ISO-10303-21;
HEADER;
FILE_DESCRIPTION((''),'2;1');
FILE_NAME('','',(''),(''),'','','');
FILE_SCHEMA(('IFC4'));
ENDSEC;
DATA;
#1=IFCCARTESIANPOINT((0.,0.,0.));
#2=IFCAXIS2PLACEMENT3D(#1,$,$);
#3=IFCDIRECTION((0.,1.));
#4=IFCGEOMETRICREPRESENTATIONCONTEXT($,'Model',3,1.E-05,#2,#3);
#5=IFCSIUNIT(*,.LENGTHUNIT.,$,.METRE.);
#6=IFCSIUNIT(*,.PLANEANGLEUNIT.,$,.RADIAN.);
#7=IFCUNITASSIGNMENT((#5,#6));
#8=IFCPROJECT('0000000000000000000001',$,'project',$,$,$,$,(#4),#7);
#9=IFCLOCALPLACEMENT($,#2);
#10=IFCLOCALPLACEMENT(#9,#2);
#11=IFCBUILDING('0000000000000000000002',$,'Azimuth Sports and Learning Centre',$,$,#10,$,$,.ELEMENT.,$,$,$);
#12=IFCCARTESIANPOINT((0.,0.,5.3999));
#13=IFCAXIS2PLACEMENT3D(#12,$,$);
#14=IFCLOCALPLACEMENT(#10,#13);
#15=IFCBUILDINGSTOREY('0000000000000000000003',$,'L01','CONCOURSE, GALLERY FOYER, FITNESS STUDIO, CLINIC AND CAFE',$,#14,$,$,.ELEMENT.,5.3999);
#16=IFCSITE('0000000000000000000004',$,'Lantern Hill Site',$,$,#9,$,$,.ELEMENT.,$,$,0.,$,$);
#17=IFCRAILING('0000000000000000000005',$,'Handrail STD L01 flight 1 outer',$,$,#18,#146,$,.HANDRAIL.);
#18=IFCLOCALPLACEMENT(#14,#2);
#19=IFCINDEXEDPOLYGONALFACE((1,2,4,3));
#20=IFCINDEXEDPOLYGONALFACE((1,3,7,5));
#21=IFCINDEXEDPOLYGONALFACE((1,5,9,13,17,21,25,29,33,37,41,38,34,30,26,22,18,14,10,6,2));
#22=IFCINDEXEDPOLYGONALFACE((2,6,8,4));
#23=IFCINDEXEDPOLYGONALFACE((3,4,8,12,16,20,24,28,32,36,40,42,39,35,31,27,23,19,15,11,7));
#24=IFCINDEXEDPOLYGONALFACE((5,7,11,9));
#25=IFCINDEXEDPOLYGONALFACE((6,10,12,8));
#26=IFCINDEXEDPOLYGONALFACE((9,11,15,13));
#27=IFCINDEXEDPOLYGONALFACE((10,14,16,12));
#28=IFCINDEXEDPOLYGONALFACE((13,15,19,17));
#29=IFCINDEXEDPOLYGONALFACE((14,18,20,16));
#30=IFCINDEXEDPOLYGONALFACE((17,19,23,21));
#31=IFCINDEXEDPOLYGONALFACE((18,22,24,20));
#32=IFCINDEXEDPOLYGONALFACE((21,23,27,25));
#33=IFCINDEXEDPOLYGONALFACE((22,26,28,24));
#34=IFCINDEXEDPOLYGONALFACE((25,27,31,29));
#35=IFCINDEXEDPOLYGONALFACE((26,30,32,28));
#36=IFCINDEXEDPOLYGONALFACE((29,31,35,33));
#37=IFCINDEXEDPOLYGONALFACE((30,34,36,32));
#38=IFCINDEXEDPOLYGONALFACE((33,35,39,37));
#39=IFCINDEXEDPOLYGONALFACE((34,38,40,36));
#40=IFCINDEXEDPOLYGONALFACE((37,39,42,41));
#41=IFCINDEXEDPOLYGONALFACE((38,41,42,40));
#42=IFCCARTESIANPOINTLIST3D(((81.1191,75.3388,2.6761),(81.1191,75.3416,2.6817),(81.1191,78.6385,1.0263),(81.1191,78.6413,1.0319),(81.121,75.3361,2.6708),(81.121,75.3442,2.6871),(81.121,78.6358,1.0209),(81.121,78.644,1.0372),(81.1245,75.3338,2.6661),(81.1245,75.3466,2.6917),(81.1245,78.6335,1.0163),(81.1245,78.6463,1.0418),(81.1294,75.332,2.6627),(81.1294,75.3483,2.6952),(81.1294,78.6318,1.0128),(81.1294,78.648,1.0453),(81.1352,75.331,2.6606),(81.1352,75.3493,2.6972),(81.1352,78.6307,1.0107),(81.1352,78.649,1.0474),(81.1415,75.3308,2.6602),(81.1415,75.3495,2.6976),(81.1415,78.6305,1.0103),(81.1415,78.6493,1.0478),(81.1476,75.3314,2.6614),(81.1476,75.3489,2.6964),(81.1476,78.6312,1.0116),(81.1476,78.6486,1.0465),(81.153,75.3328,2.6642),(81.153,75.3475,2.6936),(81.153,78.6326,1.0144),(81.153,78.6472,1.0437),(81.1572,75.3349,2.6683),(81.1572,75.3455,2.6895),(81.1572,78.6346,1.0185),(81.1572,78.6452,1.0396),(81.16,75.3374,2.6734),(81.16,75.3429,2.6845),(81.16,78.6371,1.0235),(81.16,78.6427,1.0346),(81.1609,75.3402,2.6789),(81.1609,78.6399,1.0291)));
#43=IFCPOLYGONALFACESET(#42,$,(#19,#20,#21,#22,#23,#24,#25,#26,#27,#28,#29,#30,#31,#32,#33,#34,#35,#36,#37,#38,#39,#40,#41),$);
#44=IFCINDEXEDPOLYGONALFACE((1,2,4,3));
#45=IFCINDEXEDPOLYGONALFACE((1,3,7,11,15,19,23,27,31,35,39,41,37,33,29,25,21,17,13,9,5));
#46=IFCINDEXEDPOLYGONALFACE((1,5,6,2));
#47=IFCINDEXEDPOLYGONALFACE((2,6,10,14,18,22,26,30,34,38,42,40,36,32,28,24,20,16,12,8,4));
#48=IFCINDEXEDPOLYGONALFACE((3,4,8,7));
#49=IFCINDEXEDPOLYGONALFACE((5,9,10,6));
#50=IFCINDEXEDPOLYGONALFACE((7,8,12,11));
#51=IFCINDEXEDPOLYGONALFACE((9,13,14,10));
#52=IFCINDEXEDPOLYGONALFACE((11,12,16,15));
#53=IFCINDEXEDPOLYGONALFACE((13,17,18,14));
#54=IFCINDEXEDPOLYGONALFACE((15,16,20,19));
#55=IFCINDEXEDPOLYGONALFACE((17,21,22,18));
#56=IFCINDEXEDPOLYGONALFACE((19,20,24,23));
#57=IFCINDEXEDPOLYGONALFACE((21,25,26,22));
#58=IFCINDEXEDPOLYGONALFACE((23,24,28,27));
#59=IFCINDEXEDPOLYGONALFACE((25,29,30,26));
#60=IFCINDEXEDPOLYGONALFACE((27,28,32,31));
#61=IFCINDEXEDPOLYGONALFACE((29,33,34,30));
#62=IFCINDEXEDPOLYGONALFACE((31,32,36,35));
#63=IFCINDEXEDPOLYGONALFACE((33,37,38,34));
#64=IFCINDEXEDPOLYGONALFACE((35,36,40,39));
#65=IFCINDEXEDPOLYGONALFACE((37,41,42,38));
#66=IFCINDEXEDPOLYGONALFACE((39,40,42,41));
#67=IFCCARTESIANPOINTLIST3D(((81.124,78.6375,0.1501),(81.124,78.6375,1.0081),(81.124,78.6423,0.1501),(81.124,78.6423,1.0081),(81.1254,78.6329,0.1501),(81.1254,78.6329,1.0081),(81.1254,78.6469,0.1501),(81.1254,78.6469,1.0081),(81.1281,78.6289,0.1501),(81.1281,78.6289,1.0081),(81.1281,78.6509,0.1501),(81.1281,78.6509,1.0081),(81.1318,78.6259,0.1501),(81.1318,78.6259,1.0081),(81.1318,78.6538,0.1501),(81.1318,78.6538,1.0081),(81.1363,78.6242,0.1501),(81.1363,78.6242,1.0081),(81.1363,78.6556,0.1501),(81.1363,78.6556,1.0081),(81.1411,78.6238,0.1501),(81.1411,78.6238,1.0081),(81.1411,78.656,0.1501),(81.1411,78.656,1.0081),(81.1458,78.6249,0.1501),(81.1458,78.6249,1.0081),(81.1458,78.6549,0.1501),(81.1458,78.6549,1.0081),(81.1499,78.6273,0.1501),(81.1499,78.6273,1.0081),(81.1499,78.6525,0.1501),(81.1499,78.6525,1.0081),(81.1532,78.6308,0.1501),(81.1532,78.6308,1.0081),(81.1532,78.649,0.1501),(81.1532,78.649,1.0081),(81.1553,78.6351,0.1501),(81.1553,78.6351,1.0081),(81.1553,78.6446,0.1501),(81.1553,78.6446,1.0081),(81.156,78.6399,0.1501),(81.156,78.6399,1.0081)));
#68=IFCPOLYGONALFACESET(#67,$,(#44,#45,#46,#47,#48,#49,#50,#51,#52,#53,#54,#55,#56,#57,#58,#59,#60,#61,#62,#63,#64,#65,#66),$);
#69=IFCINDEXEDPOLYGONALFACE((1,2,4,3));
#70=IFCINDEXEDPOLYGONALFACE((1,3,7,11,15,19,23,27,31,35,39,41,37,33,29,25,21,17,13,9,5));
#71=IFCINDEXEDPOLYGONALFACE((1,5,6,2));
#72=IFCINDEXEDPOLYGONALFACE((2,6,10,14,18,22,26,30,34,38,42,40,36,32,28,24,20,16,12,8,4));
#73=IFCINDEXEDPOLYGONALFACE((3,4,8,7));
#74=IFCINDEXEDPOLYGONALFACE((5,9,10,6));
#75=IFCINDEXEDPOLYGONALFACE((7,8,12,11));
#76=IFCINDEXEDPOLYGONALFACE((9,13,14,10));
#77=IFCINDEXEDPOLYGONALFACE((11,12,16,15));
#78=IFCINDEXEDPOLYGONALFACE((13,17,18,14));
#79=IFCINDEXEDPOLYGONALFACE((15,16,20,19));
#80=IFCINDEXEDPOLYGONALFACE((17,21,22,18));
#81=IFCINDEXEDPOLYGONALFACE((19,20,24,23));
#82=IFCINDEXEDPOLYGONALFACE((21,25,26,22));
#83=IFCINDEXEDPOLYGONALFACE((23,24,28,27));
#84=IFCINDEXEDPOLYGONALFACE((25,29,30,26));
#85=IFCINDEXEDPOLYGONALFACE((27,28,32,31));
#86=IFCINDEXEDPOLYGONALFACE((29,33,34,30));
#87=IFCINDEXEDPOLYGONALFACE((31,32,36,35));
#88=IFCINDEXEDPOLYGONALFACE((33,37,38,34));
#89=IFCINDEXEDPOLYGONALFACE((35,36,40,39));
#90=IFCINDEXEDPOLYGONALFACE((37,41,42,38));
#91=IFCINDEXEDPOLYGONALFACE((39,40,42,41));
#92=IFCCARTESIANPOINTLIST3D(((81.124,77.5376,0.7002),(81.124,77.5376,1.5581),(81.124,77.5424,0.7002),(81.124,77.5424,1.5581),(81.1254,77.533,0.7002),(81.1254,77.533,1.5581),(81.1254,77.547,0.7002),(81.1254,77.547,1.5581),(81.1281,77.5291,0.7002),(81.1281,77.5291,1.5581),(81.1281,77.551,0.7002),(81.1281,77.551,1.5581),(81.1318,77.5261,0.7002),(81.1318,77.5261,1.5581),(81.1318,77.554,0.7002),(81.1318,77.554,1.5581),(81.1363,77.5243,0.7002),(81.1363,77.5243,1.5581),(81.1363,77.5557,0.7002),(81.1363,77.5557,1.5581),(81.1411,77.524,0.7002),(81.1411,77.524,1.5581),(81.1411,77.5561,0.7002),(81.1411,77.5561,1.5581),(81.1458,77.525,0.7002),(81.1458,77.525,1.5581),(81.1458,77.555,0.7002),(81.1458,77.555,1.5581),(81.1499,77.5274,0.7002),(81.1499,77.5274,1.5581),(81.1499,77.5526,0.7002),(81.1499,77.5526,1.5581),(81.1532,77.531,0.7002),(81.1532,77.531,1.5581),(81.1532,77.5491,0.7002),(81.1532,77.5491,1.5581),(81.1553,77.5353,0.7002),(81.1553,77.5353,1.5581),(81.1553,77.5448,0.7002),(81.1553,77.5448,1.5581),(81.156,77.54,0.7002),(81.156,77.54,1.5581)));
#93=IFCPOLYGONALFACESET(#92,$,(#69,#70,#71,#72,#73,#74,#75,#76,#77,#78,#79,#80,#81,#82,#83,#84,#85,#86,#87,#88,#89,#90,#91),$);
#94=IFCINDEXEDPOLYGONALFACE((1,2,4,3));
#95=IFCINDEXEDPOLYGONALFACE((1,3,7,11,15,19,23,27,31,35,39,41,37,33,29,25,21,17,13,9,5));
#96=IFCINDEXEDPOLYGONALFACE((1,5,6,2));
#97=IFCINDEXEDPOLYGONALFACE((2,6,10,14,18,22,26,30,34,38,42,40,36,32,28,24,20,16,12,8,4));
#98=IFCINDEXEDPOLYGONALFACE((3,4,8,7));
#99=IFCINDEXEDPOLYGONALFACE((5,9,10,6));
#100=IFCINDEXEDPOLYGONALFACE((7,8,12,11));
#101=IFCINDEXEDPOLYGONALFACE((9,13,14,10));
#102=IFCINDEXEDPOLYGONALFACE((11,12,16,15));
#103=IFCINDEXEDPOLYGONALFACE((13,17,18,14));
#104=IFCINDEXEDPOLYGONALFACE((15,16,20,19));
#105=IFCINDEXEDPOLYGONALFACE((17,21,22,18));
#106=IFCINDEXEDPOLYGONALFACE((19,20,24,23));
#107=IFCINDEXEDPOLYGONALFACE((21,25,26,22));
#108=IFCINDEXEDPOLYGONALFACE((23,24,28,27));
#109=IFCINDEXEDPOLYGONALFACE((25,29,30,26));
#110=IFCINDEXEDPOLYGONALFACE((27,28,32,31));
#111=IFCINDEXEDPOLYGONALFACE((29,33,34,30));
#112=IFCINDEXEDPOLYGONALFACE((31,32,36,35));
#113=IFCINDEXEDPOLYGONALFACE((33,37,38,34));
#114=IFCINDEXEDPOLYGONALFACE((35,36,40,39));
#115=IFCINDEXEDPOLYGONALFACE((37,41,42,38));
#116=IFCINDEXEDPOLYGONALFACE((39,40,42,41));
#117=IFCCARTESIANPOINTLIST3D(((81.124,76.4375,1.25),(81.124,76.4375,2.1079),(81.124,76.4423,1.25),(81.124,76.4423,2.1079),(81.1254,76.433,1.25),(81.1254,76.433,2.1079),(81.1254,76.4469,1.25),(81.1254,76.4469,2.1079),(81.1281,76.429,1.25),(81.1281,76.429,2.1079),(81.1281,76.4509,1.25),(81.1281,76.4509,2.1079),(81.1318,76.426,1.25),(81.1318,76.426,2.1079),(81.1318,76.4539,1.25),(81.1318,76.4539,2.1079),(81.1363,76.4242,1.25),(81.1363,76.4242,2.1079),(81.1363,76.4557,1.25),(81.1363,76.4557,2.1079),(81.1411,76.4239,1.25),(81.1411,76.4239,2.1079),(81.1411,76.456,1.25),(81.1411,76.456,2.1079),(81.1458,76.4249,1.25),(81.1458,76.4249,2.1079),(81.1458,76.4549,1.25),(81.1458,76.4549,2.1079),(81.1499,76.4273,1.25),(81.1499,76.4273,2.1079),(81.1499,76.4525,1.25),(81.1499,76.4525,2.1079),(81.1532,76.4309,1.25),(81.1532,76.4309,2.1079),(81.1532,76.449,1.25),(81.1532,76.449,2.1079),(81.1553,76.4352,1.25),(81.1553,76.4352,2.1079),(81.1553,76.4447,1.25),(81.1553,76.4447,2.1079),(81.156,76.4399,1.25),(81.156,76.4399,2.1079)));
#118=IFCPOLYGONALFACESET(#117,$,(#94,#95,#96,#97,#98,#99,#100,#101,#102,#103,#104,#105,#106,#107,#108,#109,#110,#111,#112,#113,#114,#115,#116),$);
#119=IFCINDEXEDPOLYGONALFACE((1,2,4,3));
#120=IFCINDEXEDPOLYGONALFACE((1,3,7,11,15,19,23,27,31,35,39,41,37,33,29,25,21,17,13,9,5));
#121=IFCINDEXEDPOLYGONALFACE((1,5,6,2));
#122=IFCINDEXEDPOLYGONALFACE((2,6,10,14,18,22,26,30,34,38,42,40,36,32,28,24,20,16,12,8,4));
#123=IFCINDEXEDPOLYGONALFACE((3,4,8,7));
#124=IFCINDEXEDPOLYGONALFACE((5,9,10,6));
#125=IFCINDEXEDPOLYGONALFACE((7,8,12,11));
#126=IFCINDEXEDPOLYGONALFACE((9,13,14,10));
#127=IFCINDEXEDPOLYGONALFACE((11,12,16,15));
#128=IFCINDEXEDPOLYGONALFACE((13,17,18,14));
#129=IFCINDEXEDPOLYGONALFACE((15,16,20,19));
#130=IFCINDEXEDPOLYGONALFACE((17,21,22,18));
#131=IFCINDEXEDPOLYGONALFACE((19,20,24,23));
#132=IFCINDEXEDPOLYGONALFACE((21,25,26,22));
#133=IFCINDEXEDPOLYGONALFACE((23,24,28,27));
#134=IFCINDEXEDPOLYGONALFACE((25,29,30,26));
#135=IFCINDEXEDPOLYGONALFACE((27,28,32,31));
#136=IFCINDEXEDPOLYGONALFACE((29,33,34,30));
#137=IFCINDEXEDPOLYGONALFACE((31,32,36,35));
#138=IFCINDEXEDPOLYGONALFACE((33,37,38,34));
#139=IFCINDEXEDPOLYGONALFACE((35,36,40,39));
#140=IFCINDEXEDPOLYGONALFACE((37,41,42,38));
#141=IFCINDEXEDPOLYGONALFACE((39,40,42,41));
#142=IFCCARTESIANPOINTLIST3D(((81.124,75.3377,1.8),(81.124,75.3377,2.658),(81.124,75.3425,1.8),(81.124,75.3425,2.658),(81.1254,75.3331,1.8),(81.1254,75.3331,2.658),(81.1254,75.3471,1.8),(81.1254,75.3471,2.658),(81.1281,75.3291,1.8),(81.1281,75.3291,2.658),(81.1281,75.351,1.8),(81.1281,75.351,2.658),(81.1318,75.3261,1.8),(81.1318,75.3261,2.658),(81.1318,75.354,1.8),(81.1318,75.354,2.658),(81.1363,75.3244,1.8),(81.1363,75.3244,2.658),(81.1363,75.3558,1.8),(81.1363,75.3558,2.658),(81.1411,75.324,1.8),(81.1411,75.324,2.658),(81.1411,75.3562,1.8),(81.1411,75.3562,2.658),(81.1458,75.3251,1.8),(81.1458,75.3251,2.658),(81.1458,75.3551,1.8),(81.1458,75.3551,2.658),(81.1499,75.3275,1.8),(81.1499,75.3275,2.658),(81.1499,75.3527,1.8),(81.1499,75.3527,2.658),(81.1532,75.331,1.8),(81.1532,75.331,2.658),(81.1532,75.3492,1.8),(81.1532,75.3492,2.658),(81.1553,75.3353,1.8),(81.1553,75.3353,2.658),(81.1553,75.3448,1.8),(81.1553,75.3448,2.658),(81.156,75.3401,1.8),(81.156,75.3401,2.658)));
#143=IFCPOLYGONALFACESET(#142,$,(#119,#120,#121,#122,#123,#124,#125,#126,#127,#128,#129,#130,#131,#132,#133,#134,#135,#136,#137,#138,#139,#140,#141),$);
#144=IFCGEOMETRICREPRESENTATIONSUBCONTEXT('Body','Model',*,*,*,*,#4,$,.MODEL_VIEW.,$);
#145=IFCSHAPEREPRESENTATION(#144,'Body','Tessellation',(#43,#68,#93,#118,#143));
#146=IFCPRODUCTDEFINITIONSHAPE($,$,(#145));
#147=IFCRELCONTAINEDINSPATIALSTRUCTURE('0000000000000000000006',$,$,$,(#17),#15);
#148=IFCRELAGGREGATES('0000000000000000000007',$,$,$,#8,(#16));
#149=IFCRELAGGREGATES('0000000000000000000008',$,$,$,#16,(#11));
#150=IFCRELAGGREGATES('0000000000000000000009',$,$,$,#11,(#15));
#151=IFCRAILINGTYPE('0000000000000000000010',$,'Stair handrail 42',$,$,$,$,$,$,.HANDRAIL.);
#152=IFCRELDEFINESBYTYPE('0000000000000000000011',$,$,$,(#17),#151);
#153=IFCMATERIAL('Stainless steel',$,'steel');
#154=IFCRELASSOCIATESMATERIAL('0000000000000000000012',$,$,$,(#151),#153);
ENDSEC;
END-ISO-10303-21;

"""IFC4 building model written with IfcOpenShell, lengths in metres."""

from ifc_helpers import new_model, si_unit, direction, frame, origin, origin_2d, place, context, subcontext, project, spatial, circle, extrude, material, type_object, element, save


model = new_model("IFC4")

# Units and contexts
model_context = context("Model", 3, precision=1e-05, world=origin(), true_north=direction((0.0, 1.0)))
body_context = subcontext(model_context, "Body", "Model", "MODEL_VIEW")
ifc_project = project(units=[si_unit("LENGTHUNIT", "METRE"), si_unit("PLANEANGLEUNIT", "RADIAN")], contexts=[model_context])

# Site, building, storey
site_placement = place(None, origin())
site = spatial("IfcSite", under=ifc_project, at=site_placement, Name="Lantern Hill Site", CompositionType="ELEMENT", RefElevation=0.0)
building_placement = place(site_placement, origin())
building = spatial("IfcBuilding", under=site, at=building_placement, Name="Azimuth Sports and Learning Centre", CompositionType="ELEMENT")
storey_placement = place(building_placement, frame((0.0, 0.0, 5.3999)))
storey = spatial("IfcBuildingStorey", under=building, at=storey_placement, Name="L01", Description="CONCOURSE, GALLERY FOYER, FITNESS STUDIO, CLINIC AND CAFE", CompositionType="ELEMENT", Elevation=5.3999)

# Railing
ifc_material_1 = material(Name="Stainless steel", Category="steel")
railing_type_1 = type_object("IfcRailingType", Name="Stair handrail 42", PredefinedType="HANDRAIL", material=ifc_material_1)
for number, where, name in (
    (1, (81.1399, 78.6399, 0.1501), "Handrail STD L01 flight 1 outer"),
):
    element("IfcRailing", number, at=place(storey_placement, frame(where)), inside=storey, type_object=railing_type_1, Name=name, PredefinedType="HANDRAIL", context=body_context, shape_type="SweptSolid", body=[
        extrude(circle(Radius=0.021, at=origin_2d()), frame((0.0, 0.0, 0.8789), z_axis=(0.0, -0.894427, 0.447214), x_axis=(1.0, 0.0, 0.0)), (0.0, 0.0, 1.0), 3.6892),
        extrude(circle(Radius=0.0161, at=origin_2d()), origin(), (0.0, 0.0, 1.0), 0.8579),
        extrude(circle(Radius=0.0161, at=origin_2d()), frame((0.0, -1.0999, 0.55)), (0.0, 0.0, 1.0), 0.8579),
        extrude(circle(Radius=0.0161, at=origin_2d()), frame((0.0, -2.2, 1.0999)), (0.0, 0.0, 1.0), 0.8579),
        extrude(circle(Radius=0.0161, at=origin_2d()), frame((0.0, -3.2998, 1.6499)), (0.0, 0.0, 1.0), 0.8579),
    ])

save(model, "model.ifc")
